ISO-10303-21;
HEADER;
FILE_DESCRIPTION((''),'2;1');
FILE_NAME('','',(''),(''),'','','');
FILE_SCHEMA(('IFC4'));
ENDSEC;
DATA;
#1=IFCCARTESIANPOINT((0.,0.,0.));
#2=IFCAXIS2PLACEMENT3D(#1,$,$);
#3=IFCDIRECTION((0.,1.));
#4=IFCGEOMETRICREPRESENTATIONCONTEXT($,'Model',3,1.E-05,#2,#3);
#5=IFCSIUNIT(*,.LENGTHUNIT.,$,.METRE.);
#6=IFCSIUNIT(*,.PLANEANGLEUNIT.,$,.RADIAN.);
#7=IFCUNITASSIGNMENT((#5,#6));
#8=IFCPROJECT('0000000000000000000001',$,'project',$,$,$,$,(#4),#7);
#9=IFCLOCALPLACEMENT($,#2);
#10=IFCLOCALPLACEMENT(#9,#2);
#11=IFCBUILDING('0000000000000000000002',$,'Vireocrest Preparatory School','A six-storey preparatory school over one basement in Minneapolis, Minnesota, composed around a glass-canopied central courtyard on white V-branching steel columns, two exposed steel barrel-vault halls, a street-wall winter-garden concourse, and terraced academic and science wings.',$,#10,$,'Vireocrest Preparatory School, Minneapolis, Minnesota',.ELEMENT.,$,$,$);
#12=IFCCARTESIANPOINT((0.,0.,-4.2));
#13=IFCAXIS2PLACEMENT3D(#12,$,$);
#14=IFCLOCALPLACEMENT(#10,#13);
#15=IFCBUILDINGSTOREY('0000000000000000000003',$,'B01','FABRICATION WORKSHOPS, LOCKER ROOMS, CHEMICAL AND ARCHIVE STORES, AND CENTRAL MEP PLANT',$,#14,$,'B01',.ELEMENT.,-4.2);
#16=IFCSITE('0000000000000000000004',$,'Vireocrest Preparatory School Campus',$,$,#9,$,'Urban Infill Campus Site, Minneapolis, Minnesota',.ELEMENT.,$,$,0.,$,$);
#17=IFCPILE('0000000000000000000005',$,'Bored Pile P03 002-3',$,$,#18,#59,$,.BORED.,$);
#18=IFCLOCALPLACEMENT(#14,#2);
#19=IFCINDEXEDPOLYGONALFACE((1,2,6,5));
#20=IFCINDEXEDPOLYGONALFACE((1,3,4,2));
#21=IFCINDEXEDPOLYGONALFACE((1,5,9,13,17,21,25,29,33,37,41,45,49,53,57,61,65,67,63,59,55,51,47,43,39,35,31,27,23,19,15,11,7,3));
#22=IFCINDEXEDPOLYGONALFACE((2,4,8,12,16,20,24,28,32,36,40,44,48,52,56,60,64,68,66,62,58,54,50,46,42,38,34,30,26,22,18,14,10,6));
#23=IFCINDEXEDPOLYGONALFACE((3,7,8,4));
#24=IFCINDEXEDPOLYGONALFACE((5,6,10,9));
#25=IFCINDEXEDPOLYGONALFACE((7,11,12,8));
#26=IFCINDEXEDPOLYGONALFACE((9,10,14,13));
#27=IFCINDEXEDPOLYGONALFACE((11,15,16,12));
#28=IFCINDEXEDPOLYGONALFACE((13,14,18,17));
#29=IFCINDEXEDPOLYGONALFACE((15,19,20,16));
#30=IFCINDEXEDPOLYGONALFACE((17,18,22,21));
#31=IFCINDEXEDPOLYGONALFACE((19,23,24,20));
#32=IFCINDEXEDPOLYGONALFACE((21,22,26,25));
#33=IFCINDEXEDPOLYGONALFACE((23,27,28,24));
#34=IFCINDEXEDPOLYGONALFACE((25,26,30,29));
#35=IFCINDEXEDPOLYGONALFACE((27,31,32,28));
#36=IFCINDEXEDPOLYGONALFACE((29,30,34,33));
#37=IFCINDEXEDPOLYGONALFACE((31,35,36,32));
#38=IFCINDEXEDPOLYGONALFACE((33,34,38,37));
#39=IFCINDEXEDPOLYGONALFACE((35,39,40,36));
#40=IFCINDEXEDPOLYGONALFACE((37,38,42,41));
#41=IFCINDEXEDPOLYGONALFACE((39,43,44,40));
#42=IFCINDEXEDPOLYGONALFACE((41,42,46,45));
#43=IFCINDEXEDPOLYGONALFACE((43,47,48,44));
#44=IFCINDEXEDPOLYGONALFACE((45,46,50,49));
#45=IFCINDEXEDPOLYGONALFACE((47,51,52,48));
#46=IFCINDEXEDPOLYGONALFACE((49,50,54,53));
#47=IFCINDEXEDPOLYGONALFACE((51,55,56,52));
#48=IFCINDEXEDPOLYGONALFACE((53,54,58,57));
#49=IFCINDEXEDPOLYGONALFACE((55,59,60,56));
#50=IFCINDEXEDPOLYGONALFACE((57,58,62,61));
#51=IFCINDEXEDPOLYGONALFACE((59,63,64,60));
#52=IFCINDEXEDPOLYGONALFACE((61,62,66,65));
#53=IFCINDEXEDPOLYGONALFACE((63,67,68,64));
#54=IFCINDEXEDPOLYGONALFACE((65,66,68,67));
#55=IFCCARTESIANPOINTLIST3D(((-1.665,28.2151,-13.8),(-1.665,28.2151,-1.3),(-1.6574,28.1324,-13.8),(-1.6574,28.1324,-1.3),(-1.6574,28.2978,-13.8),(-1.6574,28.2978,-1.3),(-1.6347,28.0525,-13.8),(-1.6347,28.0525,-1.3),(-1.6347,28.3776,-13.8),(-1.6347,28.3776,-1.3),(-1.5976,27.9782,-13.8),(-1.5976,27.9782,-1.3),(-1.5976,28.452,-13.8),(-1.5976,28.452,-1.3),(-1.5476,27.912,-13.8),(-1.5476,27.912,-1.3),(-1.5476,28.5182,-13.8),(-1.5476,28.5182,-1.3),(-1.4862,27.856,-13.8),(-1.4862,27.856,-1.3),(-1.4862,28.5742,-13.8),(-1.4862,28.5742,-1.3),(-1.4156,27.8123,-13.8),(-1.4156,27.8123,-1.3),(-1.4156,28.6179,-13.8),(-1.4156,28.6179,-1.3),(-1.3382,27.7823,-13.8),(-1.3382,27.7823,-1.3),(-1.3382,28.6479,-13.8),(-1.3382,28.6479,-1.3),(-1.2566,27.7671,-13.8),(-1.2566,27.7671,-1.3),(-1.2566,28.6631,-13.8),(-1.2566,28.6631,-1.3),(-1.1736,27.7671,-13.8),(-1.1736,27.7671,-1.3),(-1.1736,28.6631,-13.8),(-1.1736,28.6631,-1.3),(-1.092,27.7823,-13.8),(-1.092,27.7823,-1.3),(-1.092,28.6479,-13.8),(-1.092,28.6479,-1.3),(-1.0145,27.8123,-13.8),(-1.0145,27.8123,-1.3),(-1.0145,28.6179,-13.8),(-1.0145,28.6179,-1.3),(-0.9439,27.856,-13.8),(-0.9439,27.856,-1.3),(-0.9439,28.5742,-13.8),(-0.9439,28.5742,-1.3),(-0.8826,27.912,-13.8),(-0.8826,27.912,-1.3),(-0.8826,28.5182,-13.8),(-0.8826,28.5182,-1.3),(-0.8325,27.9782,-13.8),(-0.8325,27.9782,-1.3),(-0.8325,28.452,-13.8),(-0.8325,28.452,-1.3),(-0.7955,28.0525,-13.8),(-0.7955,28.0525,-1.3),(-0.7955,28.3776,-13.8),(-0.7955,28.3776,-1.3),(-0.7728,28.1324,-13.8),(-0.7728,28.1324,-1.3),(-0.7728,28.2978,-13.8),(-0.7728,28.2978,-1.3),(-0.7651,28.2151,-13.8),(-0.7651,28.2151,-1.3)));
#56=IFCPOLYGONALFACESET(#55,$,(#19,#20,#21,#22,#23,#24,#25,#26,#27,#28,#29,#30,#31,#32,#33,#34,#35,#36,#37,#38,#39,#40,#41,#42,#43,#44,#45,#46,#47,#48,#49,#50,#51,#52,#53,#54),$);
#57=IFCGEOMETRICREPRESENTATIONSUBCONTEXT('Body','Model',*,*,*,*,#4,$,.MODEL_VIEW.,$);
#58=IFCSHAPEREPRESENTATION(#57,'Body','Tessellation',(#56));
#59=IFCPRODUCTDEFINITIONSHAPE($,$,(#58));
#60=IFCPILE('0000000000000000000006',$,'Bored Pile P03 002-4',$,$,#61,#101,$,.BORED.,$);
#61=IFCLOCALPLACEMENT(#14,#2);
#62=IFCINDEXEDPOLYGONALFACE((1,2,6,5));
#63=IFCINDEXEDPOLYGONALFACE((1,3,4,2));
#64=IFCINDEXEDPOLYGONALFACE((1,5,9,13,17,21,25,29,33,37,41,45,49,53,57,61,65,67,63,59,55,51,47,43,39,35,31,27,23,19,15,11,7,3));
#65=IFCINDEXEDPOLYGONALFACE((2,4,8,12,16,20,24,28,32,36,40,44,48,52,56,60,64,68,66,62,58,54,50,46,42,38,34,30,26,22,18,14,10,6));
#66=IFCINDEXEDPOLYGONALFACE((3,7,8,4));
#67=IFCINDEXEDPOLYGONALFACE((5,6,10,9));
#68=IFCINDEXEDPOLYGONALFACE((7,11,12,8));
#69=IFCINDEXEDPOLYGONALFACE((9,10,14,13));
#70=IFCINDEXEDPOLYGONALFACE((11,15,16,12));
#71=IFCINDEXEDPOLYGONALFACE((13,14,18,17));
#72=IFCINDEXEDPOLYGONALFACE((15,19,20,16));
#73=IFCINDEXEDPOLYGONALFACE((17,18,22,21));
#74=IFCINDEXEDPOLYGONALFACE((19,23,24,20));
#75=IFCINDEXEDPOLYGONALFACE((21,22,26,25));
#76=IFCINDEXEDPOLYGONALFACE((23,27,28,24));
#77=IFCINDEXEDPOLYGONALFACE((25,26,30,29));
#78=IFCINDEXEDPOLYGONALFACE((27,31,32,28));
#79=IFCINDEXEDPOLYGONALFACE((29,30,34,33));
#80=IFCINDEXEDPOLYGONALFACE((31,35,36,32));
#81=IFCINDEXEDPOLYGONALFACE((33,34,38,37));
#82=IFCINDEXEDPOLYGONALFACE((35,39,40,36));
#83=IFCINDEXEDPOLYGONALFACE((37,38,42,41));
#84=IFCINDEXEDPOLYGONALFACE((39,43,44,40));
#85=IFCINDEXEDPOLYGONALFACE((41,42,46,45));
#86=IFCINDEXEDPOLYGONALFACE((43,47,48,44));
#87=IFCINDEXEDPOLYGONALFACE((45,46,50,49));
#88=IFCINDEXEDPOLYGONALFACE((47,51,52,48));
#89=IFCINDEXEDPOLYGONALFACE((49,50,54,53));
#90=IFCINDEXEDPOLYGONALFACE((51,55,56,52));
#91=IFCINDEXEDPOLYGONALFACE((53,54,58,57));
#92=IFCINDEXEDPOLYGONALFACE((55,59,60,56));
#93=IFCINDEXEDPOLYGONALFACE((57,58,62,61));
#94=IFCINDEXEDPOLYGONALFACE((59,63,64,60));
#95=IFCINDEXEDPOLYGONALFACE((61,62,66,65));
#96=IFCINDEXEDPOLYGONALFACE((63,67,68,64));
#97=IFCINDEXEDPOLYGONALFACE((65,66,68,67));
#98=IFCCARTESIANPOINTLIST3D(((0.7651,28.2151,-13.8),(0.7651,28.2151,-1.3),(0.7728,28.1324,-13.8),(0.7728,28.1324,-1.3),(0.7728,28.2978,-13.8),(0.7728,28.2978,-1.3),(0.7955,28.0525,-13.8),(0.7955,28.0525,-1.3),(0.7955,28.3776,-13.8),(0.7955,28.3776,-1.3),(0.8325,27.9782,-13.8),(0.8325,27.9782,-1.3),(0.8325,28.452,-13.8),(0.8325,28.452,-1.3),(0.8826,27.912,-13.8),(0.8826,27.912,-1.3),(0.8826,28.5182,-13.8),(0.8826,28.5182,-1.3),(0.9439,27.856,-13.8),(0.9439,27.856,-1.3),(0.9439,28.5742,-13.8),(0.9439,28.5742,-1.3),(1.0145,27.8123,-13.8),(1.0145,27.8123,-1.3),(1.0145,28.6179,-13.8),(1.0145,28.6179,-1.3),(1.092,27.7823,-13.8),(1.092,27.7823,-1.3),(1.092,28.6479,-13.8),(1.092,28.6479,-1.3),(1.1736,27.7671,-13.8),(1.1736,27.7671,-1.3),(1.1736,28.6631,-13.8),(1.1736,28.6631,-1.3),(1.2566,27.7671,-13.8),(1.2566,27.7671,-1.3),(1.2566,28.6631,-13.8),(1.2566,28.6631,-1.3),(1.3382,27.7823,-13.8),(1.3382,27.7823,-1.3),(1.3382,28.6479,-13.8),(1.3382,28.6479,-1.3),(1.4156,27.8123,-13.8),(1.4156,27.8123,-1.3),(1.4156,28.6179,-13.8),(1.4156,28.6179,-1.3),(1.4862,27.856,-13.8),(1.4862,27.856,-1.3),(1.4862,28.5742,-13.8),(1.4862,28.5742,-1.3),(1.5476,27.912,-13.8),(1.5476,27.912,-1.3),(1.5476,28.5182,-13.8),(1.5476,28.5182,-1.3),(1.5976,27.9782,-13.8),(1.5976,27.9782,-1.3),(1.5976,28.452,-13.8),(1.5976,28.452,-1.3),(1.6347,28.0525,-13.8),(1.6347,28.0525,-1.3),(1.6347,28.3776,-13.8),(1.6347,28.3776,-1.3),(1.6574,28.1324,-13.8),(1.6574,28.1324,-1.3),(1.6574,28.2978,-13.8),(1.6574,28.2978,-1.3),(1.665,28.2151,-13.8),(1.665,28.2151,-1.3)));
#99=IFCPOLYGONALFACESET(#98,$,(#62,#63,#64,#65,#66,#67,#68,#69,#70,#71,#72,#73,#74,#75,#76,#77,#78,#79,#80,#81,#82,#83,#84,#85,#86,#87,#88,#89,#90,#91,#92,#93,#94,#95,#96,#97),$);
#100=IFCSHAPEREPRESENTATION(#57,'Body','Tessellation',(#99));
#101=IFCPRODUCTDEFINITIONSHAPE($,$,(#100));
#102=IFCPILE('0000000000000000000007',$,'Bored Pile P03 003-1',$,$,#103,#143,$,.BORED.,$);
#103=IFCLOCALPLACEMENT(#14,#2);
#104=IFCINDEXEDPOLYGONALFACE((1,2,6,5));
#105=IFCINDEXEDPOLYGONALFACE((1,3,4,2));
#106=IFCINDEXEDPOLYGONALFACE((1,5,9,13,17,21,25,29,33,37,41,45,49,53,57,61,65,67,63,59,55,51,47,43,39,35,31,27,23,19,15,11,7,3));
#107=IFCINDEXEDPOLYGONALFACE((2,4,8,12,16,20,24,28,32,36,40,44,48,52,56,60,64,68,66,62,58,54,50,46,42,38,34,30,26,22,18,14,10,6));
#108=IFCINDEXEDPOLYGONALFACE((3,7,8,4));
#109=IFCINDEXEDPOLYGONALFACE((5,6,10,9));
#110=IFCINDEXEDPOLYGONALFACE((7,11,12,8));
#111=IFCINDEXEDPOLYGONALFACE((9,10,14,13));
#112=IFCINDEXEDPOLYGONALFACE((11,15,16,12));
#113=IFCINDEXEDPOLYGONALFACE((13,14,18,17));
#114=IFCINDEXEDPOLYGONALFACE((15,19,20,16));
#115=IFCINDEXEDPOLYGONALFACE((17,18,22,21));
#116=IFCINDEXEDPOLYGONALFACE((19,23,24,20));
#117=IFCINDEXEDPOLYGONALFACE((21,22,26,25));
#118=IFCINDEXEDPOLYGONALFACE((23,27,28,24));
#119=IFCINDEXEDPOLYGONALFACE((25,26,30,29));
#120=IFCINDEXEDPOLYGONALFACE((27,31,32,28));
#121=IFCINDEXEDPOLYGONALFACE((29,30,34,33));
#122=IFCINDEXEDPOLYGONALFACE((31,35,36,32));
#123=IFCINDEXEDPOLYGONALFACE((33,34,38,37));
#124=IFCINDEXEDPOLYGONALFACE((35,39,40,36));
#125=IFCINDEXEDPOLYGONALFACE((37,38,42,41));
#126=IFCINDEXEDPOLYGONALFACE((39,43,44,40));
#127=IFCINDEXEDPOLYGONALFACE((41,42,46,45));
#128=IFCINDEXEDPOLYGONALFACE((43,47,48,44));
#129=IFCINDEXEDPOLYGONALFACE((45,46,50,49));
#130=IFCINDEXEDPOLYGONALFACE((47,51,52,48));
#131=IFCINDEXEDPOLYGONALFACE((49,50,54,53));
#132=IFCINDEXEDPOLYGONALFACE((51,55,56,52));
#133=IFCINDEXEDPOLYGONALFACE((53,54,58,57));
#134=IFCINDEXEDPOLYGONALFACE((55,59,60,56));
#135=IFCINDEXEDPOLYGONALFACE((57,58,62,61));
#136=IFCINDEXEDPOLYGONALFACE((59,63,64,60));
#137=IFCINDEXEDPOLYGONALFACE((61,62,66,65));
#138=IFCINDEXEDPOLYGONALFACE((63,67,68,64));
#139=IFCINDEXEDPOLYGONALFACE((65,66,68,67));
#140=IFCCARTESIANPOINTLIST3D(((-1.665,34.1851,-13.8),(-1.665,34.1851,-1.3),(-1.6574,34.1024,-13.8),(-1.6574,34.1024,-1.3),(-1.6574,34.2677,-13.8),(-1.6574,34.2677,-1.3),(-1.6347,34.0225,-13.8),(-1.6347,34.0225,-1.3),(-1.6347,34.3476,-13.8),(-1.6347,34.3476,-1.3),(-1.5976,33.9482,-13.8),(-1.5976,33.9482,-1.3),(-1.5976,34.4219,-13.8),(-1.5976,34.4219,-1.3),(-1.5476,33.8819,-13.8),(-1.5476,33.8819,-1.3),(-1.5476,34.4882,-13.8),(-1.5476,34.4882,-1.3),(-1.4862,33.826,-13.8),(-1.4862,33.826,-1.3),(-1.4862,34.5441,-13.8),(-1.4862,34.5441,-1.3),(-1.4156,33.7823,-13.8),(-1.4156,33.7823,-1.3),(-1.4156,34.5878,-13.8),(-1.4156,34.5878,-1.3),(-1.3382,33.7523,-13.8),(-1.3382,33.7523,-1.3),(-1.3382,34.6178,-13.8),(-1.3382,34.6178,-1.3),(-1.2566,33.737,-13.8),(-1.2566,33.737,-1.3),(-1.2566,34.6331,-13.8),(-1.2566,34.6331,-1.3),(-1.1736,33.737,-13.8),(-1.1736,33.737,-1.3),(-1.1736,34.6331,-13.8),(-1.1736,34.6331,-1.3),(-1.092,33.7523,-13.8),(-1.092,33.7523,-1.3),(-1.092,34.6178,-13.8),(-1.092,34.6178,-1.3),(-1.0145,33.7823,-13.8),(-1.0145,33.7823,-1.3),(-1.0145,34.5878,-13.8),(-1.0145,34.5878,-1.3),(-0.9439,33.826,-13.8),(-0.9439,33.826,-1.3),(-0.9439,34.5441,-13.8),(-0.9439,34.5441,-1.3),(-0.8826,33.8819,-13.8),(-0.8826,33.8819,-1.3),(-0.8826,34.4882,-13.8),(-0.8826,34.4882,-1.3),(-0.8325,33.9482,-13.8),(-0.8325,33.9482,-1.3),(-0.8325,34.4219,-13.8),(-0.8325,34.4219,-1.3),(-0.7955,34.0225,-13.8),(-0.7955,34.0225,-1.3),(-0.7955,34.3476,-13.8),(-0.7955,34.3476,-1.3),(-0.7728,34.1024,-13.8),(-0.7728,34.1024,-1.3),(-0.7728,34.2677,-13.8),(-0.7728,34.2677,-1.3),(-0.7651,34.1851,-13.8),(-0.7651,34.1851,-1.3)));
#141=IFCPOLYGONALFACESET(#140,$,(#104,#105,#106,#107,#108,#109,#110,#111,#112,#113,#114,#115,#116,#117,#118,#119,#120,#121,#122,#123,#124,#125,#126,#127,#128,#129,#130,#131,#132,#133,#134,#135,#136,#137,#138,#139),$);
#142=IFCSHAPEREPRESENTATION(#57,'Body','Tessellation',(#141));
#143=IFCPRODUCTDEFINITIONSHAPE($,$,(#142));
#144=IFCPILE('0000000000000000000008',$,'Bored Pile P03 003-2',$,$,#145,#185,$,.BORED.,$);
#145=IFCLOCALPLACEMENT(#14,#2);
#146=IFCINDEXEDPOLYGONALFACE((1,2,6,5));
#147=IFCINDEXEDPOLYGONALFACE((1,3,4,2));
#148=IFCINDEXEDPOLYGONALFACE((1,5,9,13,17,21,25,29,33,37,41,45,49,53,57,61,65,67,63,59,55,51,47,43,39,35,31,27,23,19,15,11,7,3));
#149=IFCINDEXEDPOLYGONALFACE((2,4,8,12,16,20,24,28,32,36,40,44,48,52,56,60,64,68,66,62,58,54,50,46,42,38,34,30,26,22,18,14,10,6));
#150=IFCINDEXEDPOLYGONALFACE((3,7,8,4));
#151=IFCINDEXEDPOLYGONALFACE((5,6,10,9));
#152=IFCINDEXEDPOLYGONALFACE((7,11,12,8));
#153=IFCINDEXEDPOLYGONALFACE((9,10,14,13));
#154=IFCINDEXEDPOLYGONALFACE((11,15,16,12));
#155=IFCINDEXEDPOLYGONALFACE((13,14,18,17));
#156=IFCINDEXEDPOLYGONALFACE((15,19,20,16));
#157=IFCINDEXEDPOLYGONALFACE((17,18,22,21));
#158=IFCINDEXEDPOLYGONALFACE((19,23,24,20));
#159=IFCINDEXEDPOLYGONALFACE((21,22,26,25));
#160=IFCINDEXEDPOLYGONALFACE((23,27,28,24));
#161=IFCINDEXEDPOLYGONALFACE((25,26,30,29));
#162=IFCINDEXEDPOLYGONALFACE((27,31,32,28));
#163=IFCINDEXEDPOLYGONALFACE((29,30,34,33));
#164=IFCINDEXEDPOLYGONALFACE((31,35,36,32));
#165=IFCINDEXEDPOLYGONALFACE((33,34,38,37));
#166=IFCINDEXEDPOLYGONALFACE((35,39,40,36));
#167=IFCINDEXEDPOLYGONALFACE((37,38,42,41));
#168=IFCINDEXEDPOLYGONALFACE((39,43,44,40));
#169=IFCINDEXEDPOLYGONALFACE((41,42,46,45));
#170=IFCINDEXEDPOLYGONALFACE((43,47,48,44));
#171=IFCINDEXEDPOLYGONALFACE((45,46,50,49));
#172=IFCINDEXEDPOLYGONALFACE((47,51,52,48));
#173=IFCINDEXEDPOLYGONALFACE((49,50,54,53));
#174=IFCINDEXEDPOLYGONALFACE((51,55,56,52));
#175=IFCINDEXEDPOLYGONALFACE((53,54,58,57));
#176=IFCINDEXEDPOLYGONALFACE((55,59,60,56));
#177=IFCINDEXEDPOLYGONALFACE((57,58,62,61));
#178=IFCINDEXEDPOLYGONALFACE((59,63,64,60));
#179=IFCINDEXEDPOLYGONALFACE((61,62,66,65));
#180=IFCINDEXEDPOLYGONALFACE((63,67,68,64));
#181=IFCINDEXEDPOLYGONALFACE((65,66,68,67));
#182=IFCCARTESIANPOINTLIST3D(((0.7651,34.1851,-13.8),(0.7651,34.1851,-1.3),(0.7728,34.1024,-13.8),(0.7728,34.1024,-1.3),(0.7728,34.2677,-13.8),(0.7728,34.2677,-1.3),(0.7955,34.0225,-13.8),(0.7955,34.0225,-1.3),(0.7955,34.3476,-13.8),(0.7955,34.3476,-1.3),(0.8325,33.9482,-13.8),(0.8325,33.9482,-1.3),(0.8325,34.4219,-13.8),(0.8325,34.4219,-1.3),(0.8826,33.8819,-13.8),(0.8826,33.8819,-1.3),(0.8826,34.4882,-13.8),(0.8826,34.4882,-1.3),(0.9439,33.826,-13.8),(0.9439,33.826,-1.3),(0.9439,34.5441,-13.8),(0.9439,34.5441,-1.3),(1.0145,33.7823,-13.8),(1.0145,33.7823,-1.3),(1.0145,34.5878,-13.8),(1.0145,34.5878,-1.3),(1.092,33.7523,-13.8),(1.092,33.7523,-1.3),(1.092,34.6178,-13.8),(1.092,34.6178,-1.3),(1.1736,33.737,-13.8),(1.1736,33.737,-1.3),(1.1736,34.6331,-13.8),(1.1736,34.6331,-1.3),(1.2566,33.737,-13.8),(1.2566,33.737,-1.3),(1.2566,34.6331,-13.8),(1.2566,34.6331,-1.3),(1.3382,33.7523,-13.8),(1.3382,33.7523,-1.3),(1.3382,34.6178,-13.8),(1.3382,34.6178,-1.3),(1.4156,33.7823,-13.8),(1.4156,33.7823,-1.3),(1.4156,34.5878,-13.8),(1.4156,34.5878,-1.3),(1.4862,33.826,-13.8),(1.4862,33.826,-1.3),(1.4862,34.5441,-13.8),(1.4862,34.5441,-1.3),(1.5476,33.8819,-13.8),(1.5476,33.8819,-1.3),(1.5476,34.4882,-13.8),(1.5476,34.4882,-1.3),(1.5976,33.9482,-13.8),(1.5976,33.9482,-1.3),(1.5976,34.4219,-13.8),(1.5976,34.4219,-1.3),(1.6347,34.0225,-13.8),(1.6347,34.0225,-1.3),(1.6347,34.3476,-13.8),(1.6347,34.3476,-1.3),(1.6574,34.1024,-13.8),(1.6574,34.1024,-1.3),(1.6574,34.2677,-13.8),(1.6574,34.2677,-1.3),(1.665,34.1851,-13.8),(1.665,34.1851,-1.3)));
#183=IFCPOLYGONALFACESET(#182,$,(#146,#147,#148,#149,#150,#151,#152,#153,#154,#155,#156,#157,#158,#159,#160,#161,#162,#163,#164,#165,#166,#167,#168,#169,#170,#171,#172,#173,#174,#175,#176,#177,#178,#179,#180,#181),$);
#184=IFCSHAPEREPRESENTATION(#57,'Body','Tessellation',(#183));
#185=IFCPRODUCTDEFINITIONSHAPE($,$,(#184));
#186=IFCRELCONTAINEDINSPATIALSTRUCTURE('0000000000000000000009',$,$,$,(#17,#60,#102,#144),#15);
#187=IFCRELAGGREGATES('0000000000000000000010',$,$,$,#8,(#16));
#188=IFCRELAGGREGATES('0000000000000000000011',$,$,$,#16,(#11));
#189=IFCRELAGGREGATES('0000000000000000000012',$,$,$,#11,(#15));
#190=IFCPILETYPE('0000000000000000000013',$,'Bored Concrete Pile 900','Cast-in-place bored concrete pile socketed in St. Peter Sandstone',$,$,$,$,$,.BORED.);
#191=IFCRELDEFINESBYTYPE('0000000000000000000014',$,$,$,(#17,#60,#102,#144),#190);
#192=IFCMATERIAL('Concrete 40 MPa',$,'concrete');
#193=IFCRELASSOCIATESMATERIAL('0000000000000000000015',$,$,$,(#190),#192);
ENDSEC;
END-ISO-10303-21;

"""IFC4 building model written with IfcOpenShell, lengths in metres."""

from ifc_helpers import new_model, si_unit, direction, frame, origin, origin_2d, place, context, subcontext, project, spatial, circle, extrude, material, material_profile, profile_set, type_object, element, save


model = new_model("IFC4")

# Units and contexts
model_context = context("Model", 3, precision=1e-05, world=origin(), true_north=direction((0.0, 1.0)))
body_context = subcontext(model_context, "Body", "Model", "MODEL_VIEW")
ifc_project = project(units=[si_unit("LENGTHUNIT", "METRE"), si_unit("PLANEANGLEUNIT", "RADIAN")], contexts=[model_context])

# Site, building, storey
site_placement = place(None, origin())
site = spatial("IfcSite", under=ifc_project, at=site_placement, Name="Vireocrest Preparatory School Campus", LongName="Urban Infill Campus Site, Minneapolis, Minnesota", CompositionType="ELEMENT", RefElevation=0.0)
building_placement = place(site_placement, origin())
building = spatial("IfcBuilding", under=site, at=building_placement, Name="Vireocrest Preparatory School", Description="A six-storey preparatory school over one basement in Minneapolis, Minnesota, composed around a glass-canopied central courtyard on white V-branching steel columns, two exposed steel barrel-vault halls, a street-wall winter-garden concourse, and terraced academic and science wings.", LongName="Vireocrest Preparatory School, Minneapolis, Minnesota", CompositionType="ELEMENT")
storey_placement = place(building_placement, frame((0.0, 0.0, -4.2)))
storey = spatial("IfcBuildingStorey", under=building, at=storey_placement, Name="B01", Description="FABRICATION WORKSHOPS, LOCKER ROOMS, CHEMICAL AND ARCHIVE STORES, AND CENTRAL MEP PLANT", LongName="B01", CompositionType="ELEMENT", Elevation=-4.2)

# Piles
ifc_material_1 = material(Name="Concrete 40 MPa", Category="concrete")
ifc_material_profile_1 = material_profile(ifc_material_1, circle(Radius=0.45, at=origin_2d()), Name="BORED PILE 900")
ifc_profile_set_1 = profile_set([ifc_material_profile_1], Name="Concrete 40 MPa")
pile_type = type_object("IfcPileType", Name="Bored Concrete Pile 900", Description="Cast-in-place bored concrete pile socketed in St. Peter Sandstone", PredefinedType="BORED", material=ifc_profile_set_1)
for number, where, z_axis, x_axis, name in (
    (1, (-1.2151, 28.2151, -1.3), (0.0, 0.0, -1.0), (1.0, 0.0, 0.0), "Bored Pile P03 002-3"),
    (2, (1.2151, 28.2151, -1.3), (0.0, 0.0, -1.0), (1.0, 0.0, 0.0), "Bored Pile P03 002-4"),
    (3, (-1.2151, 34.1851, -1.3), (0.0, 0.0, -1.0), (1.0, 0.0, 0.0), "Bored Pile P03 003-1"),
    (4, (1.2151, 34.1851, -1.3), (0.0, 0.0, -1.0), (1.0, 0.0, 0.0), "Bored Pile P03 003-2"),
):
    element("IfcPile", number, at=place(storey_placement, frame(where, z_axis=z_axis, x_axis=x_axis)), inside=storey, type_object=pile_type, Name=name, PredefinedType="BORED", context=body_context, shape_type="SweptSolid", body=[
        extrude(circle(Radius=0.45, at=origin_2d()), origin(), (0.0, 0.0, 1.0), 12.5),
    ])

save(model, "model.ifc")
